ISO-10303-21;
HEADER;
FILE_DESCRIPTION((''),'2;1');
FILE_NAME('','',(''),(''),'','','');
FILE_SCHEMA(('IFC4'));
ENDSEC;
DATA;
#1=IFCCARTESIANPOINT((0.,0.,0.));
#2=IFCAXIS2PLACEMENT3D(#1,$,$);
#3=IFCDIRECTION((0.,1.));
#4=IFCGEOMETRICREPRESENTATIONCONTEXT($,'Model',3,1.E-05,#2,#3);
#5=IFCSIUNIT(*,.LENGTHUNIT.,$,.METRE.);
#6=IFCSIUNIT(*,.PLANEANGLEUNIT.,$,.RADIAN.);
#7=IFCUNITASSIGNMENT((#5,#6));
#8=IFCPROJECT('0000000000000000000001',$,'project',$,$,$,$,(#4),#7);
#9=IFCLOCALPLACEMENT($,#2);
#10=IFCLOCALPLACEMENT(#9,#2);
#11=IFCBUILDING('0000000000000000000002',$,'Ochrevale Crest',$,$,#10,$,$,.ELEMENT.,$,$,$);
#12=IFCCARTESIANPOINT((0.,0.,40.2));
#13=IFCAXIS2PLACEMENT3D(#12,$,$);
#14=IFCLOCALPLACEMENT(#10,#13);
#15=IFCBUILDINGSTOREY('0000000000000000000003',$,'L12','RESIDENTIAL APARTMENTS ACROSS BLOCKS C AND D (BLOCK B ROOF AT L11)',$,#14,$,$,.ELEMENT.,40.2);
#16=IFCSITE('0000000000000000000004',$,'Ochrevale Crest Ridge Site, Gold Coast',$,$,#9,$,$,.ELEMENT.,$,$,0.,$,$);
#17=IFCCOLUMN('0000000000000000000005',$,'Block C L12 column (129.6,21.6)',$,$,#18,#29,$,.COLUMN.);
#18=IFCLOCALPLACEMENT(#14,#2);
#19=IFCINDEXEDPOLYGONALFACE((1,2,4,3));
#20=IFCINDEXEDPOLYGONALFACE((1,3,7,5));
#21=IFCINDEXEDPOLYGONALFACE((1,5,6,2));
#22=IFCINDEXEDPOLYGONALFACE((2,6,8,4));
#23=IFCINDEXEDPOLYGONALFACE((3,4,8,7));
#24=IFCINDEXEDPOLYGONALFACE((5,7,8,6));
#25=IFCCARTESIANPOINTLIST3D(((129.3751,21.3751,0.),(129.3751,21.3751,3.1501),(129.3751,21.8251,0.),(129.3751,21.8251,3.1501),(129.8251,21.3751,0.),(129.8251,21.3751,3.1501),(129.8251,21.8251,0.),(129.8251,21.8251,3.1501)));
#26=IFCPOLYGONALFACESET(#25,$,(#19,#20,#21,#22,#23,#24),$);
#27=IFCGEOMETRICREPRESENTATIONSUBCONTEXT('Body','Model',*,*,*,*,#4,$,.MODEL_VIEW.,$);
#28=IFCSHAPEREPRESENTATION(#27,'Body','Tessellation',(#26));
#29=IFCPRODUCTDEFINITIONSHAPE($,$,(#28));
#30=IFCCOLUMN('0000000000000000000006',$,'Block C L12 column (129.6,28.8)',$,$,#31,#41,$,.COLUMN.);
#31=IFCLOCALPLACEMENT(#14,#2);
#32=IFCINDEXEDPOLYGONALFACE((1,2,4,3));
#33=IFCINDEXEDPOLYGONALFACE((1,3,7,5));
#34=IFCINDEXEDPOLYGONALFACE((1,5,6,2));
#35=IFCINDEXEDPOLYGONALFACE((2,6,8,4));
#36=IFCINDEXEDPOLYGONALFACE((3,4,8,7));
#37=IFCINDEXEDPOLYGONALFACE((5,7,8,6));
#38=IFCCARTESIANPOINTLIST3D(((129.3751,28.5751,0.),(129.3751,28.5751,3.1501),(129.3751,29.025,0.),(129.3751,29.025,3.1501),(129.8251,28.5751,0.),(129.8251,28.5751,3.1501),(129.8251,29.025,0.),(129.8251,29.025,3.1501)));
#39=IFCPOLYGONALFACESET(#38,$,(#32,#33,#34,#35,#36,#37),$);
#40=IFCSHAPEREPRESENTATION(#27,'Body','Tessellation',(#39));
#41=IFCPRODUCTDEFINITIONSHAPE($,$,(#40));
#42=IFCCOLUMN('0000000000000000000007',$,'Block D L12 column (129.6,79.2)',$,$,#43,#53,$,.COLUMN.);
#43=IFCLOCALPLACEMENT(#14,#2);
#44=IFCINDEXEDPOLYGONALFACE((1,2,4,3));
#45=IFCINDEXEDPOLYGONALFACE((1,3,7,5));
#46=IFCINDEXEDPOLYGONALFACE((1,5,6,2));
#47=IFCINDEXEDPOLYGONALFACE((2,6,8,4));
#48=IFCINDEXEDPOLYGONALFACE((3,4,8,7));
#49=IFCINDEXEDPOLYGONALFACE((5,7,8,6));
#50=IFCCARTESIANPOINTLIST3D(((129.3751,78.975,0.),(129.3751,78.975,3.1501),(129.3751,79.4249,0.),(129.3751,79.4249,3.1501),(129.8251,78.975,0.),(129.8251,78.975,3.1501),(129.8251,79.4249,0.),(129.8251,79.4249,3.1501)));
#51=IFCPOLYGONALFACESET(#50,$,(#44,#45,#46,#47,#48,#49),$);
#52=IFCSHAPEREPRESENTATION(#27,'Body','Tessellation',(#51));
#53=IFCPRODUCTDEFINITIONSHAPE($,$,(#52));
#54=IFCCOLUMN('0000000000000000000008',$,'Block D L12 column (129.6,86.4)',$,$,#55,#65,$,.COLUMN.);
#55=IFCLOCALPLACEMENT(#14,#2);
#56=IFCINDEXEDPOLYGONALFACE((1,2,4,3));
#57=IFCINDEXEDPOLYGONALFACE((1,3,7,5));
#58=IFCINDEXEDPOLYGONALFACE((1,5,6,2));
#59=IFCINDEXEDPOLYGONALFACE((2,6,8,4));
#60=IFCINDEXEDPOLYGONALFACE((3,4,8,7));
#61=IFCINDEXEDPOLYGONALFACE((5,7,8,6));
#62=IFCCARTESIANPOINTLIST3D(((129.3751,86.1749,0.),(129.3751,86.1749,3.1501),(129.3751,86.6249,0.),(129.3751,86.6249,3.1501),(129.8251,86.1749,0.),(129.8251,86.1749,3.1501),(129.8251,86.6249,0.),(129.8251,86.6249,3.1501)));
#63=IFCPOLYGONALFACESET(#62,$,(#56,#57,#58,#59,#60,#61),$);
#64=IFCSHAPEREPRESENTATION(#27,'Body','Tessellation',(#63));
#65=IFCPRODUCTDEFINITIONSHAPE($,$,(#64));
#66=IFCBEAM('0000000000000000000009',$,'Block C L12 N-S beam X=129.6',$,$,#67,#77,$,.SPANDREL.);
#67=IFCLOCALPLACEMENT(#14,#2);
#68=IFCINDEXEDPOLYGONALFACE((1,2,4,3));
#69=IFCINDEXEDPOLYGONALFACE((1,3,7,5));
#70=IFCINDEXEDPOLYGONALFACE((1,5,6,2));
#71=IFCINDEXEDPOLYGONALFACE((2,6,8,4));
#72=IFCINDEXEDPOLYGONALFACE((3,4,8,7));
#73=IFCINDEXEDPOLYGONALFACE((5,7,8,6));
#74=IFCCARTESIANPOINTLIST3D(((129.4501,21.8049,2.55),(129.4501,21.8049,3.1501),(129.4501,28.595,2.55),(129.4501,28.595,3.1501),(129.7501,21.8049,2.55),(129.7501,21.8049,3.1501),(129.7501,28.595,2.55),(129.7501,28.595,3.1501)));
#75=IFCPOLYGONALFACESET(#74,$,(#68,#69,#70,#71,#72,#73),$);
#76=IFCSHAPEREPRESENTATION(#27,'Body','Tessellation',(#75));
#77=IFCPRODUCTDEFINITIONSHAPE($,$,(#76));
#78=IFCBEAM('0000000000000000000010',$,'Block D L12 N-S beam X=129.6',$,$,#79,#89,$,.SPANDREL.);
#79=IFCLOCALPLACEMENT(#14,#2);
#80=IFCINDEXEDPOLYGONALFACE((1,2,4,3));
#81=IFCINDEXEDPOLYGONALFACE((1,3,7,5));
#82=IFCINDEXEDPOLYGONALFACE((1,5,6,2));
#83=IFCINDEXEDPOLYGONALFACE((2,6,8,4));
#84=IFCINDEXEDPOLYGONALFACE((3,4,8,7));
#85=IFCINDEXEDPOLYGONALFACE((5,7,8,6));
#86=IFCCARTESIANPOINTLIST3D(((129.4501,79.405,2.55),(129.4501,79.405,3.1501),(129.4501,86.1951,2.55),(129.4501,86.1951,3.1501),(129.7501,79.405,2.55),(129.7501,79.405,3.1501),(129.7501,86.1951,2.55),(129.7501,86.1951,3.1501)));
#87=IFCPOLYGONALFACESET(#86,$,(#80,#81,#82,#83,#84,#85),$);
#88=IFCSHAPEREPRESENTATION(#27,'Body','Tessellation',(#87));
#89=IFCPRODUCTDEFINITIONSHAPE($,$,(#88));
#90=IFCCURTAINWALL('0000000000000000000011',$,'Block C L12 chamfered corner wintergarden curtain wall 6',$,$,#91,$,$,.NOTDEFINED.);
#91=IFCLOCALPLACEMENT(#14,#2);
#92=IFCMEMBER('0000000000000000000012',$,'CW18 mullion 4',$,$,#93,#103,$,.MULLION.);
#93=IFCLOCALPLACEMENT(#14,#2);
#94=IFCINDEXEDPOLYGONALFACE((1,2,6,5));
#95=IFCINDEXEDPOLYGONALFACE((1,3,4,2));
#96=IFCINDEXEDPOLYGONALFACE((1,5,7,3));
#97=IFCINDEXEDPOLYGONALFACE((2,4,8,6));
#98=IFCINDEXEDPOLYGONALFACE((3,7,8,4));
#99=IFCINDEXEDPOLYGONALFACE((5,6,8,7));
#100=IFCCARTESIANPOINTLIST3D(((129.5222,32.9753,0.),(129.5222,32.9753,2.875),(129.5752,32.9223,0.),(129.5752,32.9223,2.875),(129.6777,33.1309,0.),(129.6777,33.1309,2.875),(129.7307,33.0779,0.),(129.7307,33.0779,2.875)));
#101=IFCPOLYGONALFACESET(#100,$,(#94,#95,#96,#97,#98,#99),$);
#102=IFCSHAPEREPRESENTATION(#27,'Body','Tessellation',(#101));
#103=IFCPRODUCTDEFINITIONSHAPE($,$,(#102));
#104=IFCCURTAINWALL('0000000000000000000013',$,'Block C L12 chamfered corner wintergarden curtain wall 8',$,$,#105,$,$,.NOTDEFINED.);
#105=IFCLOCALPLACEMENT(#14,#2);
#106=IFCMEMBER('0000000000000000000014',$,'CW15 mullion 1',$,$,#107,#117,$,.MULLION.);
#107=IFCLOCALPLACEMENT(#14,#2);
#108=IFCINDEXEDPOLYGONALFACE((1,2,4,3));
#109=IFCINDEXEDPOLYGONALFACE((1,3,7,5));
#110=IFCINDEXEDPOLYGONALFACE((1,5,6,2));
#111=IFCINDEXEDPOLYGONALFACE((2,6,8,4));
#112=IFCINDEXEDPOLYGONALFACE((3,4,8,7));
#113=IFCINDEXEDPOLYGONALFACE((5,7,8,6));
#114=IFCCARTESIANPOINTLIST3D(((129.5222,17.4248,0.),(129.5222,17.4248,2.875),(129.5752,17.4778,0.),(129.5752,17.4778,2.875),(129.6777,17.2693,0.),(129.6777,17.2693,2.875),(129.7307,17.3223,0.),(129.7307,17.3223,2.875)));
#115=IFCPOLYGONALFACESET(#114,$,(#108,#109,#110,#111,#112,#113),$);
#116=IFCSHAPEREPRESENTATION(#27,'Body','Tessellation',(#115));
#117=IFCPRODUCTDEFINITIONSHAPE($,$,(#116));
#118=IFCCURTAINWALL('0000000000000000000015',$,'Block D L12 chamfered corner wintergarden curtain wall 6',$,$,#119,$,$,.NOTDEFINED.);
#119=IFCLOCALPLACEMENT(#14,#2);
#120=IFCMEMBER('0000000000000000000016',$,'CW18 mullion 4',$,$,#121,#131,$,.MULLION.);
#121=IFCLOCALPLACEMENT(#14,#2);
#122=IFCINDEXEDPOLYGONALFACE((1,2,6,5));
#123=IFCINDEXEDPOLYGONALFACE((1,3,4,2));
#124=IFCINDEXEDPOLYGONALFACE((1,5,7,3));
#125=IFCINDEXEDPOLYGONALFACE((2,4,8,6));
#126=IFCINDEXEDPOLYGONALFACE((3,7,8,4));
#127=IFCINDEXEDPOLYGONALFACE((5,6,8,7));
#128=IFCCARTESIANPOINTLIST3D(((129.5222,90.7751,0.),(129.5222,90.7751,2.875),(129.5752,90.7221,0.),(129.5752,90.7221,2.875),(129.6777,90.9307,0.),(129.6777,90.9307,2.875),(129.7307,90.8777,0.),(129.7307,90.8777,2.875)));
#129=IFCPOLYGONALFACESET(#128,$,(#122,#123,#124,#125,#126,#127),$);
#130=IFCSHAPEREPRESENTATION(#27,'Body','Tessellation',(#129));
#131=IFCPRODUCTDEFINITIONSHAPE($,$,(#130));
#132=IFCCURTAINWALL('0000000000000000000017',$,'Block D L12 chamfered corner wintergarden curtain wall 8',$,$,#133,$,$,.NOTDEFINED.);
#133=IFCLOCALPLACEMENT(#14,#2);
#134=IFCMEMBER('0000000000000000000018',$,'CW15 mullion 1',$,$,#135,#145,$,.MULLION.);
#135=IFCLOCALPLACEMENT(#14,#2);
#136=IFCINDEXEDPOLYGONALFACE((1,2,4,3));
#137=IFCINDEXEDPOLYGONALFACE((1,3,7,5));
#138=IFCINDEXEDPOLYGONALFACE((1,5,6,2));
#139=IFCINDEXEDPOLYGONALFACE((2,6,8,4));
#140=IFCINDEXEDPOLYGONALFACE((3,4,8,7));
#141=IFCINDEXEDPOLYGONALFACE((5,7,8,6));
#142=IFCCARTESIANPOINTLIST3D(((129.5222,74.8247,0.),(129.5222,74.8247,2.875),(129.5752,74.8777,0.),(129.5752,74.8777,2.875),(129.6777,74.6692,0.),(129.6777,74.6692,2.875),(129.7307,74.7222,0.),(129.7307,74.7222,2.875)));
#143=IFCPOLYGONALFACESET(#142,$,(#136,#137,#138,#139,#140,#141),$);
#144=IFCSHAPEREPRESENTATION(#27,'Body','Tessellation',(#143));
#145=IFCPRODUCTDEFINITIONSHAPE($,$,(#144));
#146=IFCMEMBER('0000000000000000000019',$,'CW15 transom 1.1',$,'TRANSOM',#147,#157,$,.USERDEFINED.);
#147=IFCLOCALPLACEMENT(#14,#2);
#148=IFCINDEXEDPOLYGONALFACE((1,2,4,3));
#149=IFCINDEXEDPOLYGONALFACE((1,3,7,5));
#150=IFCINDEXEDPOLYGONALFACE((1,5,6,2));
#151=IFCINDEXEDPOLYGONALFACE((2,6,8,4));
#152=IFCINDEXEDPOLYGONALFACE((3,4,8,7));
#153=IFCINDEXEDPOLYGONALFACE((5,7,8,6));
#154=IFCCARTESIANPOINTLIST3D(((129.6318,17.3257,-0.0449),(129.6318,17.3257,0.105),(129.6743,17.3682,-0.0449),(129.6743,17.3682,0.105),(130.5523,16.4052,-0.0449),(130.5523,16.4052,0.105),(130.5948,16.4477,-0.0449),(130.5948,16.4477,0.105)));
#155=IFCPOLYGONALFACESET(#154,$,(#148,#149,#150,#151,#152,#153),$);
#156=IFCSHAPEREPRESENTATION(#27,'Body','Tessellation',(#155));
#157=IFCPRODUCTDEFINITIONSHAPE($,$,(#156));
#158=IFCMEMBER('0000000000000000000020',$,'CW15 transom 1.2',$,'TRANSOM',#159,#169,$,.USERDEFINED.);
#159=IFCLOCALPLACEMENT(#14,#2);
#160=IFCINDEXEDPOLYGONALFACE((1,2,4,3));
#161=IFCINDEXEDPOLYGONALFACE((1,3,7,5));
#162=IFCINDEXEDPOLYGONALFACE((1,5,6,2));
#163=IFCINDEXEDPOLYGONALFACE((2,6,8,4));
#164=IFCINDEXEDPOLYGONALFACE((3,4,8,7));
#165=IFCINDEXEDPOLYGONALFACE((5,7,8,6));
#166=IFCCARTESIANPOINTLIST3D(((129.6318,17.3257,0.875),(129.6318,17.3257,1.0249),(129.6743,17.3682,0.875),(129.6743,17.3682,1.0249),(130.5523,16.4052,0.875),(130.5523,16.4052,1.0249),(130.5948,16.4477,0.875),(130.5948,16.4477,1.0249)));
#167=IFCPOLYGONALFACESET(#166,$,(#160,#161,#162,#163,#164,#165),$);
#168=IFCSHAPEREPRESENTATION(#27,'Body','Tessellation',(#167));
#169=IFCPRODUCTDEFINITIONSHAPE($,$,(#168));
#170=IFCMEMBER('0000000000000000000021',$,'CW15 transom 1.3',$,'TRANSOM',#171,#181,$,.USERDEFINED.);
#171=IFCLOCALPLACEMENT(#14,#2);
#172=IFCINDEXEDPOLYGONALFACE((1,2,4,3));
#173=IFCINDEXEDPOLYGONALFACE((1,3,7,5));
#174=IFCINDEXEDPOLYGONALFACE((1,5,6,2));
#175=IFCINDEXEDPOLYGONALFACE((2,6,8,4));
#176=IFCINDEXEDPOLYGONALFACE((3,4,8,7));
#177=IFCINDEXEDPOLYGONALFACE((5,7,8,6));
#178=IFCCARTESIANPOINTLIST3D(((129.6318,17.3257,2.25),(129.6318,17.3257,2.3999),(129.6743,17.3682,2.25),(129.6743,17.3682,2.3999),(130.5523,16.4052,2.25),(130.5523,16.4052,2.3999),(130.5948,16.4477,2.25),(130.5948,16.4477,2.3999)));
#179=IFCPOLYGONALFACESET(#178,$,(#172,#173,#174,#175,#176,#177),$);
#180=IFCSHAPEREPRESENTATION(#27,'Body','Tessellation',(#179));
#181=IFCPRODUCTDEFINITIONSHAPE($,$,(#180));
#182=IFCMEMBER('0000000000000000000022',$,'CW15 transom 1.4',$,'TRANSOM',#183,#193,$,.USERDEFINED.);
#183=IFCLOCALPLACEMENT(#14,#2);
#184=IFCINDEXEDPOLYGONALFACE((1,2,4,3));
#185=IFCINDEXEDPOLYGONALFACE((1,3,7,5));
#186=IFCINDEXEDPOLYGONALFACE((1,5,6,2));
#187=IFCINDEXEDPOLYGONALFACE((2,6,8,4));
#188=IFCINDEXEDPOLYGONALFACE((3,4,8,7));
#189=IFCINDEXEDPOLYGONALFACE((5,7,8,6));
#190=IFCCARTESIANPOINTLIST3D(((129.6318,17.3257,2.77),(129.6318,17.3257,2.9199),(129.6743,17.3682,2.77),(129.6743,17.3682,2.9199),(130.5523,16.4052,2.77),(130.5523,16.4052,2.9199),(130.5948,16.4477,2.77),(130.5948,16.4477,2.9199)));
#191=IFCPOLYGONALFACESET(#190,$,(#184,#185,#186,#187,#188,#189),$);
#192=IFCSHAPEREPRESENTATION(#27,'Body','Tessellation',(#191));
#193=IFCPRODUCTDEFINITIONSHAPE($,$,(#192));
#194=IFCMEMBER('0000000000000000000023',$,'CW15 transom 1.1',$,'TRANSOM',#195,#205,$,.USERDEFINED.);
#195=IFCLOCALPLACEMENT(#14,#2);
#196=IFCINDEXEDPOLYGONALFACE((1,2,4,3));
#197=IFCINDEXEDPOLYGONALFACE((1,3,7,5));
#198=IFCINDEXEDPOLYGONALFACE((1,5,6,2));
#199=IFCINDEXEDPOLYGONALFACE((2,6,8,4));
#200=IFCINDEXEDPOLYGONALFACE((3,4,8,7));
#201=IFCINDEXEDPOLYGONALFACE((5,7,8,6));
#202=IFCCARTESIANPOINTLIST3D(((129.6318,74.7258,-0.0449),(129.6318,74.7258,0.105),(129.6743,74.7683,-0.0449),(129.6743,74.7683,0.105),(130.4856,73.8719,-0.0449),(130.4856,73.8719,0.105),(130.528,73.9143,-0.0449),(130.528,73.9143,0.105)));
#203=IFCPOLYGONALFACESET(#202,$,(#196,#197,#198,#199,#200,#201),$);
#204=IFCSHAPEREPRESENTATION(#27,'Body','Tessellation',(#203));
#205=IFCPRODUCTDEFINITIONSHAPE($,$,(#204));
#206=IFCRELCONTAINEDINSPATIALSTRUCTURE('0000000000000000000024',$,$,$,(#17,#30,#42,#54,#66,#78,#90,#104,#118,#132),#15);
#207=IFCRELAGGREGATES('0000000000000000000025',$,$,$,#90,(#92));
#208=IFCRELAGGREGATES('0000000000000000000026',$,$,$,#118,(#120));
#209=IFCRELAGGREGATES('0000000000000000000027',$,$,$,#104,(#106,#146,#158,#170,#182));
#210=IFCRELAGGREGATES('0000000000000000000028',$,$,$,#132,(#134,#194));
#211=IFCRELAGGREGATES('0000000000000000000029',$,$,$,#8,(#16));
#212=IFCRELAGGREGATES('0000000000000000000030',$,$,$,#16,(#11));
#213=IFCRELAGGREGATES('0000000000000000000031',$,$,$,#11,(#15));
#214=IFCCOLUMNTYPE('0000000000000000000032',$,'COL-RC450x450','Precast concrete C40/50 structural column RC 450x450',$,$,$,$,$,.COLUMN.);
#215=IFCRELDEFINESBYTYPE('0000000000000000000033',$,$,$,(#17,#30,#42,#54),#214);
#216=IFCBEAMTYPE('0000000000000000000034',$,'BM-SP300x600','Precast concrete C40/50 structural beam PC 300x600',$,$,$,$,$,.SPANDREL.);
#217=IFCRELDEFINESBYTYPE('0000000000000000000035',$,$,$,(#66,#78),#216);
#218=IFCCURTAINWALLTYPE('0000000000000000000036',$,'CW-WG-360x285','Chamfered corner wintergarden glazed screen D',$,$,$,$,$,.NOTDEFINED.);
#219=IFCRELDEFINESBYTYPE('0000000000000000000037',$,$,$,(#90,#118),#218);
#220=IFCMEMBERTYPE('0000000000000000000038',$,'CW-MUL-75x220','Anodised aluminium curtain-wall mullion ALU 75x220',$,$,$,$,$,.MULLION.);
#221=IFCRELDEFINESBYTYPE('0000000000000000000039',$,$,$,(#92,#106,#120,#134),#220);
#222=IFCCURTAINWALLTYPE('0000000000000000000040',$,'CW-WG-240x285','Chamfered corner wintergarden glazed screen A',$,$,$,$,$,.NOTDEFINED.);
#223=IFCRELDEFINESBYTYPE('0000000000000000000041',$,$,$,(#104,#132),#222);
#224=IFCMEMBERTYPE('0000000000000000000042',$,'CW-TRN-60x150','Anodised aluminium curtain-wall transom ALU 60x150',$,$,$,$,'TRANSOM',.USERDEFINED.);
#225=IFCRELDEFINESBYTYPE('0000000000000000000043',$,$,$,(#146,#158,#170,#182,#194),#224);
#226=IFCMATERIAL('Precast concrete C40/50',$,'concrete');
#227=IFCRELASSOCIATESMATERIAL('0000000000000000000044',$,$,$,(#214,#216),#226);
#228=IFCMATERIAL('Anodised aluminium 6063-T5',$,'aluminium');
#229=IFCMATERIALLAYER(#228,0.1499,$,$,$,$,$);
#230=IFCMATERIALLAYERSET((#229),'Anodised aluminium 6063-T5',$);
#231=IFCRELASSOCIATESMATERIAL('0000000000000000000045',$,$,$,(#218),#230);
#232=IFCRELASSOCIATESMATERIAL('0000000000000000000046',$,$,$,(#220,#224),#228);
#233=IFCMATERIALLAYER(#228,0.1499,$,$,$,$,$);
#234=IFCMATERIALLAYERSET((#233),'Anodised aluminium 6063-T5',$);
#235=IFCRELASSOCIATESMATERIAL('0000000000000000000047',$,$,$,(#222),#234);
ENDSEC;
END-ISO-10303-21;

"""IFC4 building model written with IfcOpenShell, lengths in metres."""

from ifc_helpers import new_model, si_unit, direction, frame, origin, origin_2d, place, context, subcontext, project, spatial, rectangle, extrude, material, layer, layer_set, material_profile, profile_set, type_object, element, aggregate, save


model = new_model("IFC4")

# Units and contexts
model_context = context("Model", 3, precision=1e-05, world=origin(), true_north=direction((0.0, 1.0)))
body_context = subcontext(model_context, "Body", "Model", "MODEL_VIEW")
ifc_project = project(units=[si_unit("LENGTHUNIT", "METRE"), si_unit("PLANEANGLEUNIT", "RADIAN")], contexts=[model_context])

# Site, building, storey
site_placement = place(None, origin())
site = spatial("IfcSite", under=ifc_project, at=site_placement, Name="Ochrevale Crest Ridge Site, Gold Coast", CompositionType="ELEMENT", RefElevation=0.0)
building_placement = place(site_placement, origin())
building = spatial("IfcBuilding", under=site, at=building_placement, Name="Ochrevale Crest", CompositionType="ELEMENT")
storey_placement = place(building_placement, frame((0.0, 0.0, 40.2)))
storey = spatial("IfcBuildingStorey", under=building, at=storey_placement, Name="L12", Description="RESIDENTIAL APARTMENTS ACROSS BLOCKS C AND D (BLOCK B ROOF AT L11)", CompositionType="ELEMENT", Elevation=40.2)

# Columns
ifc_material_1 = material(Name="Precast concrete C40/50", Category="concrete")
ifc_material_profile_1 = material_profile(ifc_material_1, rectangle(XDim=0.45, YDim=0.45, at=origin_2d()), Name="RC 450x450")
ifc_profile_set_1 = profile_set([ifc_material_profile_1], Name="Precast concrete C40/50")
column_type = type_object("IfcColumnType", Name="COL-RC450x450", Description="Precast concrete C40/50 structural column RC 450x450", PredefinedType="COLUMN", material=ifc_profile_set_1)
for number, where, z_axis, x_axis, name in (
    (1, (129.6001, 21.6001, 0.0), (0.0, 0.0, 1.0), (1.0, 0.0, 0.0), "Block C L12 column (129.6,21.6)"),
    (2, (129.6001, 28.8, 0.0), (0.0, 0.0, 1.0), (1.0, 0.0, 0.0), "Block C L12 column (129.6,28.8)"),
    (3, (129.6001, 79.2, 0.0), (0.0, 0.0, 1.0), (1.0, 0.0, 0.0), "Block D L12 column (129.6,79.2)"),
    (4, (129.6001, 86.3999, 0.0), (0.0, 0.0, 1.0), (1.0, 0.0, 0.0), "Block D L12 column (129.6,86.4)"),
):
    element("IfcColumn", number, at=place(storey_placement, frame(where, z_axis=z_axis, x_axis=x_axis)), inside=storey, type_object=column_type, Name=name, PredefinedType="COLUMN", context=body_context, shape_type="SweptSolid", body=[
        extrude(rectangle(XDim=0.45, YDim=0.45, at=origin_2d()), origin(), (0.0, 0.0, 1.0), 3.1501),
    ])

# Beams
ifc_material_profile_2 = material_profile(ifc_material_1, rectangle(XDim=0.3, YDim=0.6001, at=origin_2d()), Name="PC 300x600")
ifc_profile_set_2 = profile_set([ifc_material_profile_2], Name="Precast concrete C40/50")
beam_type = type_object("IfcBeamType", Name="BM-SP300x600", Description="Precast concrete C40/50 structural beam PC 300x600", PredefinedType="SPANDREL", material=ifc_profile_set_2)
for number, where, z_axis, x_axis, name in (
    (5, (129.6001, 21.8049, 2.8501), (0.0, 1.0, 0.0), (-1.0, 0.0, 0.0), "Block C L12 N-S beam X=129.6"),
    (6, (129.6001, 79.405, 2.8501), (0.0, 1.0, 0.0), (-1.0, 0.0, 0.0), "Block D L12 N-S beam X=129.6"),
):
    element("IfcBeam", number, at=place(storey_placement, frame(where, z_axis=z_axis, x_axis=x_axis)), inside=storey, type_object=beam_type, Name=name, PredefinedType="SPANDREL", context=body_context, shape_type="SweptSolid", body=[
        extrude(rectangle(XDim=0.3, YDim=0.6001, at=origin_2d()), origin(), (0.0, 0.0, 1.0), 6.79),
    ])

# Curtain walls, members
ifc_material_2 = material(Name="Anodised aluminium 6063-T5", Category="aluminium")
ifc_layer_1 = layer(ifc_material_2, 0.1499)
ifc_layer_set_1 = layer_set([ifc_layer_1], Name="Anodised aluminium 6063-T5")
curtain_wall_type_1 = type_object("IfcCurtainWallType", Name="CW-WG-360x285", Description="Chamfered corner wintergarden glazed screen D", PredefinedType="NOTDEFINED", material=ifc_layer_set_1)
curtain_wall_1_placement = place(storey_placement, origin())
curtain_wall_1 = element("IfcCurtainWall", 7, at=curtain_wall_1_placement, inside=storey, type_object=curtain_wall_type_1, Name="Block C L12 chamfered corner wintergarden curtain wall 6", PredefinedType="NOTDEFINED")
ifc_material_profile_3 = material_profile(ifc_material_2, rectangle(XDim=0.075, YDim=0.22, at=origin_2d()), Name="ALU 75x220")
ifc_profile_set_3 = profile_set([ifc_material_profile_3], Name="Anodised aluminium 6063-T5")
member_type_1 = type_object("IfcMemberType", Name="CW-MUL-75x220", Description="Anodised aluminium curtain-wall mullion ALU 75x220", PredefinedType="MULLION", material=ifc_profile_set_3)
member_1_placement = place(storey_placement, frame((129.6265, 33.0266, 0.0), z_axis=(0.0, 0.0, 1.0), x_axis=(0.707107, -0.707107, 0.0)))
member_1 = element("IfcMember", 8, at=member_1_placement, type_object=member_type_1, Name="CW18 mullion 4", PredefinedType="MULLION", context=body_context, shape_type="SweptSolid", body=[
    extrude(rectangle(XDim=0.075, YDim=0.22, at=origin_2d()), origin(), (0.0, 0.0, 1.0), 2.875),
])
aggregate(curtain_wall_1, [member_1])
ifc_layer_2 = layer(ifc_material_2, 0.1499)
ifc_layer_set_2 = layer_set([ifc_layer_2], Name="Anodised aluminium 6063-T5")
curtain_wall_type_2 = type_object("IfcCurtainWallType", Name="CW-WG-240x285", Description="Chamfered corner wintergarden glazed screen A", PredefinedType="NOTDEFINED", material=ifc_layer_set_2)
curtain_wall_2_placement = place(storey_placement, origin())
curtain_wall_2 = element("IfcCurtainWall", 9, at=curtain_wall_2_placement, inside=storey, type_object=curtain_wall_type_2, Name="Block C L12 chamfered corner wintergarden curtain wall 8", PredefinedType="NOTDEFINED")
member_2_placement = place(storey_placement, frame((129.6265, 17.3735, 0.0), z_axis=(0.0, 0.0, 1.0), x_axis=(0.707107, 0.707107, 0.0)))
member_2 = element("IfcMember", 10, at=member_2_placement, type_object=member_type_1, Name="CW15 mullion 1", PredefinedType="MULLION", context=body_context, shape_type="SweptSolid", body=[
    extrude(rectangle(XDim=0.075, YDim=0.22, at=origin_2d()), origin(), (0.0, 0.0, 1.0), 2.875),
])
curtain_wall_3_placement = place(storey_placement, origin())
curtain_wall_3 = element("IfcCurtainWall", 11, at=curtain_wall_3_placement, inside=storey, type_object=curtain_wall_type_1, Name="Block D L12 chamfered corner wintergarden curtain wall 6", PredefinedType="NOTDEFINED")
member_3_placement = place(storey_placement, frame((129.6265, 90.8264, 0.0), z_axis=(0.0, 0.0, 1.0), x_axis=(0.707107, -0.707107, 0.0)))
member_3 = element("IfcMember", 12, at=member_3_placement, type_object=member_type_1, Name="CW18 mullion 4", PredefinedType="MULLION", context=body_context, shape_type="SweptSolid", body=[
    extrude(rectangle(XDim=0.075, YDim=0.22, at=origin_2d()), origin(), (0.0, 0.0, 1.0), 2.875),
])
aggregate(curtain_wall_3, [member_3])
curtain_wall_4_placement = place(storey_placement, origin())
curtain_wall_4 = element("IfcCurtainWall", 13, at=curtain_wall_4_placement, inside=storey, type_object=curtain_wall_type_2, Name="Block D L12 chamfered corner wintergarden curtain wall 8", PredefinedType="NOTDEFINED")
member_4_placement = place(storey_placement, frame((129.6265, 74.7734, 0.0), z_axis=(0.0, 0.0, 1.0), x_axis=(0.707107, 0.707107, 0.0)))
member_4 = element("IfcMember", 14, at=member_4_placement, type_object=member_type_1, Name="CW15 mullion 1", PredefinedType="MULLION", context=body_context, shape_type="SweptSolid", body=[
    extrude(rectangle(XDim=0.075, YDim=0.22, at=origin_2d()), origin(), (0.0, 0.0, 1.0), 2.875),
])

# Members
ifc_material_profile_4 = material_profile(ifc_material_2, rectangle(XDim=0.0601, YDim=0.1499, at=origin_2d()), Name="ALU 60x150")
ifc_profile_set_4 = profile_set([ifc_material_profile_4], Name="Anodised aluminium 6063-T5")
member_type_2 = type_object("IfcMemberType", Name="CW-TRN-60x150", Description="Anodised aluminium curtain-wall transom ALU 60x150", ElementType="TRANSOM", PredefinedType="USERDEFINED", material=ifc_profile_set_4)
member_5_placement = place(storey_placement, frame((129.6531, 17.3469, 0.03), z_axis=(0.707107, -0.707107, 0.0), x_axis=(0.707107, 0.707107, 0.0)))
member_5 = element("IfcMember", 15, at=member_5_placement, type_object=member_type_2, Name="CW15 transom 1.1", ObjectType="TRANSOM", PredefinedType="USERDEFINED", context=body_context, shape_type="SweptSolid", body=[
    extrude(rectangle(XDim=0.0601, YDim=0.1499, at=origin_2d()), origin(), (0.0, 0.0, 1.0), 1.3018),
])
member_6_placement = place(storey_placement, frame((129.6531, 17.3469, 0.95), z_axis=(0.707107, -0.707107, 0.0), x_axis=(0.707107, 0.707107, 0.0)))
member_6 = element("IfcMember", 16, at=member_6_placement, type_object=member_type_2, Name="CW15 transom 1.2", ObjectType="TRANSOM", PredefinedType="USERDEFINED", context=body_context, shape_type="SweptSolid", body=[
    extrude(rectangle(XDim=0.0601, YDim=0.1499, at=origin_2d()), origin(), (0.0, 0.0, 1.0), 1.3018),
])
member_7_placement = place(storey_placement, frame((129.6531, 17.3469, 2.325), z_axis=(0.707107, -0.707107, 0.0), x_axis=(0.707107, 0.707107, 0.0)))
member_7 = element("IfcMember", 17, at=member_7_placement, type_object=member_type_2, Name="CW15 transom 1.3", ObjectType="TRANSOM", PredefinedType="USERDEFINED", context=body_context, shape_type="SweptSolid", body=[
    extrude(rectangle(XDim=0.0601, YDim=0.1499, at=origin_2d()), origin(), (0.0, 0.0, 1.0), 1.3018),
])
member_8_placement = place(storey_placement, frame((129.6531, 17.3469, 2.845), z_axis=(0.707107, -0.707107, 0.0), x_axis=(0.707107, 0.707107, 0.0)))
member_8 = element("IfcMember", 18, at=member_8_placement, type_object=member_type_2, Name="CW15 transom 1.4", ObjectType="TRANSOM", PredefinedType="USERDEFINED", context=body_context, shape_type="SweptSolid", body=[
    extrude(rectangle(XDim=0.0601, YDim=0.1499, at=origin_2d()), origin(), (0.0, 0.0, 1.0), 1.3018),
])
aggregate(curtain_wall_2, [member_2, member_5, member_6, member_7, member_8])
member_9_placement = place(storey_placement, frame((129.6531, 74.7471, 0.03), z_axis=(0.707006, -0.707208, 0.0), x_axis=(0.707208, 0.707006, 0.0)))
member_9 = element("IfcMember", 19, at=member_9_placement, type_object=member_type_2, Name="CW15 transom 1.1", ObjectType="TRANSOM", PredefinedType="USERDEFINED", context=body_context, shape_type="SweptSolid", body=[
    extrude(rectangle(XDim=0.0601, YDim=0.1499, at=origin_2d()), origin(), (0.0, 0.0, 1.0), 1.2075),
])
aggregate(curtain_wall_4, [member_4, member_9])

save(model, "model.ifc")
